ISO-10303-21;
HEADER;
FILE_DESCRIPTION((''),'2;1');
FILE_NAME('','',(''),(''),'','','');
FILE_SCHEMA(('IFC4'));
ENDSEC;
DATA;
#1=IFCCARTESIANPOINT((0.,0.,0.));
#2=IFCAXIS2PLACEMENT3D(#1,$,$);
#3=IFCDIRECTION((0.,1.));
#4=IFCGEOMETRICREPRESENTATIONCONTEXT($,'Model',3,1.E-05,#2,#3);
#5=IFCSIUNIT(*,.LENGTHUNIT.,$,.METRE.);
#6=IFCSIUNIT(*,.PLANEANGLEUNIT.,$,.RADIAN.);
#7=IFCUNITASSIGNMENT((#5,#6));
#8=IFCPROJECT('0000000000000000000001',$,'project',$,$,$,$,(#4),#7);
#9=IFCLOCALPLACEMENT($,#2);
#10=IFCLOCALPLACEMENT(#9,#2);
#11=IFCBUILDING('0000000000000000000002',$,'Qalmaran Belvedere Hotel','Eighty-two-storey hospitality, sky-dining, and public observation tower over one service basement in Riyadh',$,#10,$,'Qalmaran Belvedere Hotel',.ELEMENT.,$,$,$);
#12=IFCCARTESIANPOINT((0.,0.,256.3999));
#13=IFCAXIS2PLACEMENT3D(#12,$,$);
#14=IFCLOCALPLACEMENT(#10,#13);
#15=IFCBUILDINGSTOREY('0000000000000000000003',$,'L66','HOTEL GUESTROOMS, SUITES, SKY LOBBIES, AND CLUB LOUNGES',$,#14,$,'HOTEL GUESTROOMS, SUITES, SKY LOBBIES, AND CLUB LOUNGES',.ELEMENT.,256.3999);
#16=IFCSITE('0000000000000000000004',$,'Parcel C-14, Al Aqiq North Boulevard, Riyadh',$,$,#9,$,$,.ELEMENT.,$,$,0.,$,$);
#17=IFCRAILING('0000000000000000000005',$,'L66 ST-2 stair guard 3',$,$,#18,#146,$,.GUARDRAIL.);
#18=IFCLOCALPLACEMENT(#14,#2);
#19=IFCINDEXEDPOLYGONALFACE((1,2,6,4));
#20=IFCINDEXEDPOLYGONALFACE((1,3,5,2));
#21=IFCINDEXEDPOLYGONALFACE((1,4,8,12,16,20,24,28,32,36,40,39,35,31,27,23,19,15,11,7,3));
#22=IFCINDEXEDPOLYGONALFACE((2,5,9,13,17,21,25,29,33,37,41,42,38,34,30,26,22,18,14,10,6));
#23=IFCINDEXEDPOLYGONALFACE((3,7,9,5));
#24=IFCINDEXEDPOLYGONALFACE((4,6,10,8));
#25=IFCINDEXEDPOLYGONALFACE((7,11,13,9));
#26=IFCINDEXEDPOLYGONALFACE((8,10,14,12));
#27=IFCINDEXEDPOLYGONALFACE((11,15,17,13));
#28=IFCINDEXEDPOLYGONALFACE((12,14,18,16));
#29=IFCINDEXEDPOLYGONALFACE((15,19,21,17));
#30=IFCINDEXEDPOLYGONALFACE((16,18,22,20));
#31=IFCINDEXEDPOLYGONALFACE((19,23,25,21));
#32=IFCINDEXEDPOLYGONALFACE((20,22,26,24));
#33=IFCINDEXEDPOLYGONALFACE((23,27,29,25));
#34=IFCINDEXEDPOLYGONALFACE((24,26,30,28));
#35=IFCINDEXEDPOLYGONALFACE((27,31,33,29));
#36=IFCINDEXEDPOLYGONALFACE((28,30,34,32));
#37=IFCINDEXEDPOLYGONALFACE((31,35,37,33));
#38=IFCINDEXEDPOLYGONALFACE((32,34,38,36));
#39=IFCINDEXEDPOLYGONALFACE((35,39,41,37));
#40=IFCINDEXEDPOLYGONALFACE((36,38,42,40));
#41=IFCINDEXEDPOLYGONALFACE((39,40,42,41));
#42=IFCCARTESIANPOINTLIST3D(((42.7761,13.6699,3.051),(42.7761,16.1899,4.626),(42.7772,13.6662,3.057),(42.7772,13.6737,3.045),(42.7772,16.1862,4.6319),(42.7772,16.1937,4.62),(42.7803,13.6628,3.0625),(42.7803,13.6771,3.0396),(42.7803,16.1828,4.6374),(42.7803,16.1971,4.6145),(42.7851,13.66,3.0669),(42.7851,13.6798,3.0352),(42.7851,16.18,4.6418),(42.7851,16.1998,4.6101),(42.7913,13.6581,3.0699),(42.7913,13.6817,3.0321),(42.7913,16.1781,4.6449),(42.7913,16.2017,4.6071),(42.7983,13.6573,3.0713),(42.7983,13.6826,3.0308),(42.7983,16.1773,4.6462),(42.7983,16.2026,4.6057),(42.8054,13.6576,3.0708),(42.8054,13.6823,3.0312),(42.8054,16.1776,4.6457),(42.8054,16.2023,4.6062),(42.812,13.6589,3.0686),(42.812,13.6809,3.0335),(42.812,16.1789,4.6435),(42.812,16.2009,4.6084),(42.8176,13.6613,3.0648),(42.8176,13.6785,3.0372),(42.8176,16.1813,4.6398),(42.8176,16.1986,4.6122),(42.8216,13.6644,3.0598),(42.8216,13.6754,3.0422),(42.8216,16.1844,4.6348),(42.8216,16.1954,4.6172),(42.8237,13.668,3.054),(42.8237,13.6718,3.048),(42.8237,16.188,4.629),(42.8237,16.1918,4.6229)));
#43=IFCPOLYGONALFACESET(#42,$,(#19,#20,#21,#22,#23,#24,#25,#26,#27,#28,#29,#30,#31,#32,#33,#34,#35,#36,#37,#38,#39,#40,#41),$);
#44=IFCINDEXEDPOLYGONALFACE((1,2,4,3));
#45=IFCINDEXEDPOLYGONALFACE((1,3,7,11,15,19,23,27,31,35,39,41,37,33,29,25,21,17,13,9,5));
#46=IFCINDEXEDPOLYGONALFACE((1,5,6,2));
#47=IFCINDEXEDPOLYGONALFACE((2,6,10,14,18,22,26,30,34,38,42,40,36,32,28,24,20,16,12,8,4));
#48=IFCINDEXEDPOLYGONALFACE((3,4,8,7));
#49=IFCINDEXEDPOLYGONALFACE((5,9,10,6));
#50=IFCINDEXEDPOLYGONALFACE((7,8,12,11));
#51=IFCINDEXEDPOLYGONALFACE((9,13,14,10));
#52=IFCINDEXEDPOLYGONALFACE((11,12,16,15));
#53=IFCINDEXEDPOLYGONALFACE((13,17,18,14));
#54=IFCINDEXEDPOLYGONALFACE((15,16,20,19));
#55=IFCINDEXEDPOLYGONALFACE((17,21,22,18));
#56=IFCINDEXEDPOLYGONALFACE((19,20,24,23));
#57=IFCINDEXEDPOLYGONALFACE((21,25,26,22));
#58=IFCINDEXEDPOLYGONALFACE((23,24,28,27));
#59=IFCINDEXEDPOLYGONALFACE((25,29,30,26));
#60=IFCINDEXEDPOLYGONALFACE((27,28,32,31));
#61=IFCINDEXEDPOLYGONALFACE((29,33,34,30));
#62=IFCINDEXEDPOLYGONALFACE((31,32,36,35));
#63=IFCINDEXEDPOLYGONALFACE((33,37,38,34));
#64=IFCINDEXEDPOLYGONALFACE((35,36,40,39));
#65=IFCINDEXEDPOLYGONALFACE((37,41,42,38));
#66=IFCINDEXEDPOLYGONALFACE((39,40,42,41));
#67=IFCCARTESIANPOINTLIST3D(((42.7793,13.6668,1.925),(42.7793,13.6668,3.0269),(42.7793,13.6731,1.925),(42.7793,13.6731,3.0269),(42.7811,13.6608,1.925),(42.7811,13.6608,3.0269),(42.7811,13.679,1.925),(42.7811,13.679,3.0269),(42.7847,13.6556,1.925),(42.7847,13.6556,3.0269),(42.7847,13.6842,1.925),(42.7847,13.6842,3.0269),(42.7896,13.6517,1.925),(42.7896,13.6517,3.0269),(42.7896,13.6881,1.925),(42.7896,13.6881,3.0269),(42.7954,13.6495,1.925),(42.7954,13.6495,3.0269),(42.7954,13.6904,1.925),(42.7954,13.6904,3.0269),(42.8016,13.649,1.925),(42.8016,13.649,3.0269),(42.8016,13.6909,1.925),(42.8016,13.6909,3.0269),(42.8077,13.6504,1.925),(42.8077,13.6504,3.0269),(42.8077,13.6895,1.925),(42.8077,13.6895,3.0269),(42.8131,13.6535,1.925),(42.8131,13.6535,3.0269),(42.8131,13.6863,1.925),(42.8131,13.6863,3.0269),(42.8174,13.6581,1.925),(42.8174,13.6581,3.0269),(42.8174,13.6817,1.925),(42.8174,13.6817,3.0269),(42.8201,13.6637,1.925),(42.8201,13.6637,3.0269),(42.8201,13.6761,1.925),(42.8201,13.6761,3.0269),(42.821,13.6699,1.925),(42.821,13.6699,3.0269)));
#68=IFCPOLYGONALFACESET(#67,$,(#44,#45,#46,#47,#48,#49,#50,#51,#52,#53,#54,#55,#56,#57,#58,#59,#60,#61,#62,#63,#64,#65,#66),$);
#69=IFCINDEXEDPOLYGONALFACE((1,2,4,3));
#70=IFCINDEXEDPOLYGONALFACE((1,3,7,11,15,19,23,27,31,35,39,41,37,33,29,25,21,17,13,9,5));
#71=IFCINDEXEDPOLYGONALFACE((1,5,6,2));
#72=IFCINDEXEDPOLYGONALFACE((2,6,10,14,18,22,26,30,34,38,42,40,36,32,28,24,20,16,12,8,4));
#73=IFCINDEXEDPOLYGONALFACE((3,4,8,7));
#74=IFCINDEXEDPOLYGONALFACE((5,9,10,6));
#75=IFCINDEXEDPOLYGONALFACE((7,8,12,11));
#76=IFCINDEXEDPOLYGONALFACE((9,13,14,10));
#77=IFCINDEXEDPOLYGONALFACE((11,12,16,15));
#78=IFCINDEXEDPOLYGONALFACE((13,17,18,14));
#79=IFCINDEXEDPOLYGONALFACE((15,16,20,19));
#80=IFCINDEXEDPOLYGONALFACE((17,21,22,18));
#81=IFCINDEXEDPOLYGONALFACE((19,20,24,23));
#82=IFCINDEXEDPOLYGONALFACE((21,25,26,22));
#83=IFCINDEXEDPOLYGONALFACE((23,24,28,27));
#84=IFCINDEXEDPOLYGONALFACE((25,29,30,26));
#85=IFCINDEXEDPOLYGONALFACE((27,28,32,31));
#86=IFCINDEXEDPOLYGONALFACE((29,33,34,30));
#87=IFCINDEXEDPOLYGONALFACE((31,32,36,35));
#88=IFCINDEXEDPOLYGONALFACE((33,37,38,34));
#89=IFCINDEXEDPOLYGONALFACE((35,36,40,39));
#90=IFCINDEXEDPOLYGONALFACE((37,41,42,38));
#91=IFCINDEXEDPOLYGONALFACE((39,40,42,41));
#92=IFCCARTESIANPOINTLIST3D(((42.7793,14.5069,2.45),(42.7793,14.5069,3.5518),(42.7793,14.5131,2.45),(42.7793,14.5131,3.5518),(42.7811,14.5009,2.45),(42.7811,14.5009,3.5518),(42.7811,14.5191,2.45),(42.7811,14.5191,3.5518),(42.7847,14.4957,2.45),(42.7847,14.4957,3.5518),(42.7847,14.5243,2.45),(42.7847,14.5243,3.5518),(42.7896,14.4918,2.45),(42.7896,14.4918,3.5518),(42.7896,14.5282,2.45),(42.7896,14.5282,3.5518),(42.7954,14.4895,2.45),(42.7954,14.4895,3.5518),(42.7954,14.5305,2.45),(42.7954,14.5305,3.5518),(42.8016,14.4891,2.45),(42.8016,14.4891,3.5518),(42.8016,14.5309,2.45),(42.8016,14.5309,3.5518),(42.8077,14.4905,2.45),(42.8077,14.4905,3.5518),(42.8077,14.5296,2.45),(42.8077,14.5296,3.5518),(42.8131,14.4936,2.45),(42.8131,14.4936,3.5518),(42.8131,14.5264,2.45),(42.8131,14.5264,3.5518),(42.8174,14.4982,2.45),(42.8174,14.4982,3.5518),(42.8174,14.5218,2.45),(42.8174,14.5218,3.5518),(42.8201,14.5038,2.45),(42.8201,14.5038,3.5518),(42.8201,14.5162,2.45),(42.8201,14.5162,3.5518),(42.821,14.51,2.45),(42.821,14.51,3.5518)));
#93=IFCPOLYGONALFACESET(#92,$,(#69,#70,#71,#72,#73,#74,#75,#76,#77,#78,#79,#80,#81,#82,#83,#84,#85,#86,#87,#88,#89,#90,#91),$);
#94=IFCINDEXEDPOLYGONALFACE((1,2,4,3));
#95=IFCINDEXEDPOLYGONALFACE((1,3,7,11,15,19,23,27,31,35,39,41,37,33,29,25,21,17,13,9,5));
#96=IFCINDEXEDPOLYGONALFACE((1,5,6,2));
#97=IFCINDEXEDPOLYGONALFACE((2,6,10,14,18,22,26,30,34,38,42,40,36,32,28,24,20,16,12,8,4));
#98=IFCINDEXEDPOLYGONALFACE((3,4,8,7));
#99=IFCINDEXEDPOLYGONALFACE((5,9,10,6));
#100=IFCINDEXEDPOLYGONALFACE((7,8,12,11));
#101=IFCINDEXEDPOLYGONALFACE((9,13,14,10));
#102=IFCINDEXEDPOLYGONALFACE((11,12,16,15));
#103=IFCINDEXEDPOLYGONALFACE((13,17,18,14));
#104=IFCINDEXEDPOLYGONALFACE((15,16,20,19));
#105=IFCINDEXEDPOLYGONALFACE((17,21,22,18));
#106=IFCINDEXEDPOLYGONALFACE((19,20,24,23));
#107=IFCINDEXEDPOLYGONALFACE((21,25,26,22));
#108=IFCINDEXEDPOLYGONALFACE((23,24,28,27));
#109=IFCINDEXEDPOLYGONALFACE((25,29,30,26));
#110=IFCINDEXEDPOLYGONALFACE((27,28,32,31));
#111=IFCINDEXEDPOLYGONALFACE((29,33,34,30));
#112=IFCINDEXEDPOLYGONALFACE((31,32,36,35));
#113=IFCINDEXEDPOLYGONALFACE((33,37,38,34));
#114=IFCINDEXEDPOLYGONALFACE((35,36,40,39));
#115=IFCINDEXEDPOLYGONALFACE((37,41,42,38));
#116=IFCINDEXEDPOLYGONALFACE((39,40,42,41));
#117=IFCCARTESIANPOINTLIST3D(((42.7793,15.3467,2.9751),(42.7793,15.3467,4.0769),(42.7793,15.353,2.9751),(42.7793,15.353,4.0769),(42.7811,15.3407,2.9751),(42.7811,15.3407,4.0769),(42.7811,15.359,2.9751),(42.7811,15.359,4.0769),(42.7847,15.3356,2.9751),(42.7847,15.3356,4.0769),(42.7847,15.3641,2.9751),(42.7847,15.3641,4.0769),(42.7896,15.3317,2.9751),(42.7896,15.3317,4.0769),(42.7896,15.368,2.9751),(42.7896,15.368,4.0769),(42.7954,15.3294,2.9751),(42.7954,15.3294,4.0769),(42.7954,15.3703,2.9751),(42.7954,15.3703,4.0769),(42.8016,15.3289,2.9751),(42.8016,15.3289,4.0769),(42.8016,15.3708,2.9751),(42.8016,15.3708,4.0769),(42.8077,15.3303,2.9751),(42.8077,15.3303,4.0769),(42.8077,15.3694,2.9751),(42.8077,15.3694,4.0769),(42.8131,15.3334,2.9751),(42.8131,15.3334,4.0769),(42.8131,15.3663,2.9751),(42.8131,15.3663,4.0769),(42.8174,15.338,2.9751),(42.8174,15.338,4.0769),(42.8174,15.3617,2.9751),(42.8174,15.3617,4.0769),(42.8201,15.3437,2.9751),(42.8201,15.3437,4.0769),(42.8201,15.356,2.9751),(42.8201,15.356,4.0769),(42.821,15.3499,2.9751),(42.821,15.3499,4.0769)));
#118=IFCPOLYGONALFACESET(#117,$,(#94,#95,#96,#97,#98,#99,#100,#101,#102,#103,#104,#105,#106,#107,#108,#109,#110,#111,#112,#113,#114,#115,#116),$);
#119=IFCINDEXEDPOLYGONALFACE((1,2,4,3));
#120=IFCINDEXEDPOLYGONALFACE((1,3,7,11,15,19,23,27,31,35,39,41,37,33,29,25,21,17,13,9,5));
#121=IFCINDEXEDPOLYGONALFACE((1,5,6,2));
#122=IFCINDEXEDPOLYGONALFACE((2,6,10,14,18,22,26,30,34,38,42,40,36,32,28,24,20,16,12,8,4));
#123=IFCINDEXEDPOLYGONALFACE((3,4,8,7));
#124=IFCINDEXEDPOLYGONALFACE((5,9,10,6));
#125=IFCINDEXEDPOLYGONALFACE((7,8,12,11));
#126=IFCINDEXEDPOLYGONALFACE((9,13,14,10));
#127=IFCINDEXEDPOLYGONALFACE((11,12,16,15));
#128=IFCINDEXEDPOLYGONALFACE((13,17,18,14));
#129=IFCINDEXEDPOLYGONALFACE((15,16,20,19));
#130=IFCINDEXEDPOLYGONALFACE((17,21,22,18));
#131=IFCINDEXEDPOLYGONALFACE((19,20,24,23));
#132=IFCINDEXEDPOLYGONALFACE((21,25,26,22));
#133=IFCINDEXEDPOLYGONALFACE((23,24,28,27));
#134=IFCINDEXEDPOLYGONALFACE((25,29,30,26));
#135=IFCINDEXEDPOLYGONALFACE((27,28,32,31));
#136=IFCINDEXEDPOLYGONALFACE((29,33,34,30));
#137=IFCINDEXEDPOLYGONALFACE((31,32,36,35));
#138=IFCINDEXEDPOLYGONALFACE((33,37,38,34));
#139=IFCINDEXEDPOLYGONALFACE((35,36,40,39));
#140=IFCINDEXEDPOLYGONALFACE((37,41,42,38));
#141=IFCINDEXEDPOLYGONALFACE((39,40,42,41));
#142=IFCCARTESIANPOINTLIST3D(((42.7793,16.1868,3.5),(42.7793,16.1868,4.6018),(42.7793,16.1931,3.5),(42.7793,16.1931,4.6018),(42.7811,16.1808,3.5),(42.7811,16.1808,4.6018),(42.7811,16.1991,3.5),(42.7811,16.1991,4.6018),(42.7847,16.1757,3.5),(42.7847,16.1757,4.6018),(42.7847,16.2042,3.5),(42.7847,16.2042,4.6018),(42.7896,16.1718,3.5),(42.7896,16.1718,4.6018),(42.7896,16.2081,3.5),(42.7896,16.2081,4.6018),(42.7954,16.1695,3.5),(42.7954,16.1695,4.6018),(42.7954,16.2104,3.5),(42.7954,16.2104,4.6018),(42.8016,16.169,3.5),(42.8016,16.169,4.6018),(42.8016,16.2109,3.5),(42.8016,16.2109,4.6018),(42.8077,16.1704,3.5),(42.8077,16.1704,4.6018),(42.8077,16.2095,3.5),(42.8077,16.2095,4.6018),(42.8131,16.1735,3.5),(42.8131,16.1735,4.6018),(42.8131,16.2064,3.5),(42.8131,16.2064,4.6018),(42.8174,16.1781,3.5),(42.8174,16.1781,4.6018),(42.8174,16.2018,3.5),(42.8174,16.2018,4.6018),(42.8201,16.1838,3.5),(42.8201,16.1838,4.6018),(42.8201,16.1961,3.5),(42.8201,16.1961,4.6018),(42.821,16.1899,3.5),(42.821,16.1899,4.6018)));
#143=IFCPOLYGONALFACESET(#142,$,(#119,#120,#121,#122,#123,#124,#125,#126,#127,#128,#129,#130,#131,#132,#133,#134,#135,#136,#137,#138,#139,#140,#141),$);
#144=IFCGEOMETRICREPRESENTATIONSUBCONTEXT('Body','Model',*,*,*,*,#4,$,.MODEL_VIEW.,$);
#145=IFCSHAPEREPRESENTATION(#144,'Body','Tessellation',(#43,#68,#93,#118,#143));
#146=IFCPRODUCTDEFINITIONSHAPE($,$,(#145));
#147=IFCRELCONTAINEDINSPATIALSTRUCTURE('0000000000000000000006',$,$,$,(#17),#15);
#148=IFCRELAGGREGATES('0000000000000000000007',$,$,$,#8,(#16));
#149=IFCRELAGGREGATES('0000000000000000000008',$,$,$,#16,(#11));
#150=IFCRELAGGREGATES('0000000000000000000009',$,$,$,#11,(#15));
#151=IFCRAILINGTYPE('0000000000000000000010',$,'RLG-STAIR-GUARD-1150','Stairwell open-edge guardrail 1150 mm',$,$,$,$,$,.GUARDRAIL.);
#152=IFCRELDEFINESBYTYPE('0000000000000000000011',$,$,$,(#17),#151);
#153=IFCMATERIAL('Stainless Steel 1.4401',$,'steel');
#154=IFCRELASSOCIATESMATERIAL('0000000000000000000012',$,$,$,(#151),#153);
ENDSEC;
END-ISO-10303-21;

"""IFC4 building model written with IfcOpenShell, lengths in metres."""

from ifc_helpers import new_model, si_unit, direction, frame, origin, origin_2d, place, context, subcontext, project, spatial, circle, extrude, material, type_object, element, save


model = new_model("IFC4")

# Units and contexts
model_context = context("Model", 3, precision=1e-05, world=origin(), true_north=direction((0.0, 1.0)))
body_context = subcontext(model_context, "Body", "Model", "MODEL_VIEW")
ifc_project = project(units=[si_unit("LENGTHUNIT", "METRE"), si_unit("PLANEANGLEUNIT", "RADIAN")], contexts=[model_context])

# Site, building, storey
site_placement = place(None, origin())
site = spatial("IfcSite", under=ifc_project, at=site_placement, Name="Parcel C-14, Al Aqiq North Boulevard, Riyadh", CompositionType="ELEMENT", RefElevation=0.0)
building_placement = place(site_placement, origin())
building = spatial("IfcBuilding", under=site, at=building_placement, Name="Qalmaran Belvedere Hotel", Description="Eighty-two-storey hospitality, sky-dining, and public observation tower over one service basement in Riyadh", LongName="Qalmaran Belvedere Hotel", CompositionType="ELEMENT")
storey_placement = place(building_placement, frame((0.0, 0.0, 256.3999)))
storey = spatial("IfcBuildingStorey", under=building, at=storey_placement, Name="L66", Description="HOTEL GUESTROOMS, SUITES, SKY LOBBIES, AND CLUB LOUNGES", LongName="HOTEL GUESTROOMS, SUITES, SKY LOBBIES, AND CLUB LOUNGES", CompositionType="ELEMENT", Elevation=256.3999)

# Railing
ifc_material_1 = material(Name="Stainless Steel 1.4401", Category="steel")
railing_type_1 = type_object("IfcRailingType", Name="RLG-STAIR-GUARD-1150", Description="Stairwell open-edge guardrail 1150 mm", PredefinedType="GUARDRAIL", material=ifc_material_1)
railing_1_placement = place(storey_placement, frame((42.8, 13.6699, 1.925)))
element("IfcRailing", 1, at=railing_1_placement, inside=storey, type_object=railing_type_1, Name="L66 ST-2 stair guard 3", PredefinedType="GUARDRAIL", context=body_context, shape_type="SweptSolid", body=[
    extrude(circle(Radius=0.0239, at=origin_2d()), frame((0.0, 0.0, 1.126), z_axis=(0.0, 0.848008, 0.529984), x_axis=(-1.0, 0.0, 0.0)), (0.0, 0.0, 1.0), 2.9717),
    extrude(circle(Radius=0.021, at=origin_2d()), origin(), (0.0, 0.0, 1.0), 1.1018),
    extrude(circle(Radius=0.021, at=origin_2d()), frame((0.0, 0.8401, 0.5249)), (0.0, 0.0, 1.0), 1.1018),
    extrude(circle(Radius=0.021, at=origin_2d()), frame((0.0, 1.6799, 1.05)), (0.0, 0.0, 1.0), 1.1018),
    extrude(circle(Radius=0.021, at=origin_2d()), frame((0.0, 2.52, 1.575)), (0.0, 0.0, 1.0), 1.1018),
])

save(model, "model.ifc")
